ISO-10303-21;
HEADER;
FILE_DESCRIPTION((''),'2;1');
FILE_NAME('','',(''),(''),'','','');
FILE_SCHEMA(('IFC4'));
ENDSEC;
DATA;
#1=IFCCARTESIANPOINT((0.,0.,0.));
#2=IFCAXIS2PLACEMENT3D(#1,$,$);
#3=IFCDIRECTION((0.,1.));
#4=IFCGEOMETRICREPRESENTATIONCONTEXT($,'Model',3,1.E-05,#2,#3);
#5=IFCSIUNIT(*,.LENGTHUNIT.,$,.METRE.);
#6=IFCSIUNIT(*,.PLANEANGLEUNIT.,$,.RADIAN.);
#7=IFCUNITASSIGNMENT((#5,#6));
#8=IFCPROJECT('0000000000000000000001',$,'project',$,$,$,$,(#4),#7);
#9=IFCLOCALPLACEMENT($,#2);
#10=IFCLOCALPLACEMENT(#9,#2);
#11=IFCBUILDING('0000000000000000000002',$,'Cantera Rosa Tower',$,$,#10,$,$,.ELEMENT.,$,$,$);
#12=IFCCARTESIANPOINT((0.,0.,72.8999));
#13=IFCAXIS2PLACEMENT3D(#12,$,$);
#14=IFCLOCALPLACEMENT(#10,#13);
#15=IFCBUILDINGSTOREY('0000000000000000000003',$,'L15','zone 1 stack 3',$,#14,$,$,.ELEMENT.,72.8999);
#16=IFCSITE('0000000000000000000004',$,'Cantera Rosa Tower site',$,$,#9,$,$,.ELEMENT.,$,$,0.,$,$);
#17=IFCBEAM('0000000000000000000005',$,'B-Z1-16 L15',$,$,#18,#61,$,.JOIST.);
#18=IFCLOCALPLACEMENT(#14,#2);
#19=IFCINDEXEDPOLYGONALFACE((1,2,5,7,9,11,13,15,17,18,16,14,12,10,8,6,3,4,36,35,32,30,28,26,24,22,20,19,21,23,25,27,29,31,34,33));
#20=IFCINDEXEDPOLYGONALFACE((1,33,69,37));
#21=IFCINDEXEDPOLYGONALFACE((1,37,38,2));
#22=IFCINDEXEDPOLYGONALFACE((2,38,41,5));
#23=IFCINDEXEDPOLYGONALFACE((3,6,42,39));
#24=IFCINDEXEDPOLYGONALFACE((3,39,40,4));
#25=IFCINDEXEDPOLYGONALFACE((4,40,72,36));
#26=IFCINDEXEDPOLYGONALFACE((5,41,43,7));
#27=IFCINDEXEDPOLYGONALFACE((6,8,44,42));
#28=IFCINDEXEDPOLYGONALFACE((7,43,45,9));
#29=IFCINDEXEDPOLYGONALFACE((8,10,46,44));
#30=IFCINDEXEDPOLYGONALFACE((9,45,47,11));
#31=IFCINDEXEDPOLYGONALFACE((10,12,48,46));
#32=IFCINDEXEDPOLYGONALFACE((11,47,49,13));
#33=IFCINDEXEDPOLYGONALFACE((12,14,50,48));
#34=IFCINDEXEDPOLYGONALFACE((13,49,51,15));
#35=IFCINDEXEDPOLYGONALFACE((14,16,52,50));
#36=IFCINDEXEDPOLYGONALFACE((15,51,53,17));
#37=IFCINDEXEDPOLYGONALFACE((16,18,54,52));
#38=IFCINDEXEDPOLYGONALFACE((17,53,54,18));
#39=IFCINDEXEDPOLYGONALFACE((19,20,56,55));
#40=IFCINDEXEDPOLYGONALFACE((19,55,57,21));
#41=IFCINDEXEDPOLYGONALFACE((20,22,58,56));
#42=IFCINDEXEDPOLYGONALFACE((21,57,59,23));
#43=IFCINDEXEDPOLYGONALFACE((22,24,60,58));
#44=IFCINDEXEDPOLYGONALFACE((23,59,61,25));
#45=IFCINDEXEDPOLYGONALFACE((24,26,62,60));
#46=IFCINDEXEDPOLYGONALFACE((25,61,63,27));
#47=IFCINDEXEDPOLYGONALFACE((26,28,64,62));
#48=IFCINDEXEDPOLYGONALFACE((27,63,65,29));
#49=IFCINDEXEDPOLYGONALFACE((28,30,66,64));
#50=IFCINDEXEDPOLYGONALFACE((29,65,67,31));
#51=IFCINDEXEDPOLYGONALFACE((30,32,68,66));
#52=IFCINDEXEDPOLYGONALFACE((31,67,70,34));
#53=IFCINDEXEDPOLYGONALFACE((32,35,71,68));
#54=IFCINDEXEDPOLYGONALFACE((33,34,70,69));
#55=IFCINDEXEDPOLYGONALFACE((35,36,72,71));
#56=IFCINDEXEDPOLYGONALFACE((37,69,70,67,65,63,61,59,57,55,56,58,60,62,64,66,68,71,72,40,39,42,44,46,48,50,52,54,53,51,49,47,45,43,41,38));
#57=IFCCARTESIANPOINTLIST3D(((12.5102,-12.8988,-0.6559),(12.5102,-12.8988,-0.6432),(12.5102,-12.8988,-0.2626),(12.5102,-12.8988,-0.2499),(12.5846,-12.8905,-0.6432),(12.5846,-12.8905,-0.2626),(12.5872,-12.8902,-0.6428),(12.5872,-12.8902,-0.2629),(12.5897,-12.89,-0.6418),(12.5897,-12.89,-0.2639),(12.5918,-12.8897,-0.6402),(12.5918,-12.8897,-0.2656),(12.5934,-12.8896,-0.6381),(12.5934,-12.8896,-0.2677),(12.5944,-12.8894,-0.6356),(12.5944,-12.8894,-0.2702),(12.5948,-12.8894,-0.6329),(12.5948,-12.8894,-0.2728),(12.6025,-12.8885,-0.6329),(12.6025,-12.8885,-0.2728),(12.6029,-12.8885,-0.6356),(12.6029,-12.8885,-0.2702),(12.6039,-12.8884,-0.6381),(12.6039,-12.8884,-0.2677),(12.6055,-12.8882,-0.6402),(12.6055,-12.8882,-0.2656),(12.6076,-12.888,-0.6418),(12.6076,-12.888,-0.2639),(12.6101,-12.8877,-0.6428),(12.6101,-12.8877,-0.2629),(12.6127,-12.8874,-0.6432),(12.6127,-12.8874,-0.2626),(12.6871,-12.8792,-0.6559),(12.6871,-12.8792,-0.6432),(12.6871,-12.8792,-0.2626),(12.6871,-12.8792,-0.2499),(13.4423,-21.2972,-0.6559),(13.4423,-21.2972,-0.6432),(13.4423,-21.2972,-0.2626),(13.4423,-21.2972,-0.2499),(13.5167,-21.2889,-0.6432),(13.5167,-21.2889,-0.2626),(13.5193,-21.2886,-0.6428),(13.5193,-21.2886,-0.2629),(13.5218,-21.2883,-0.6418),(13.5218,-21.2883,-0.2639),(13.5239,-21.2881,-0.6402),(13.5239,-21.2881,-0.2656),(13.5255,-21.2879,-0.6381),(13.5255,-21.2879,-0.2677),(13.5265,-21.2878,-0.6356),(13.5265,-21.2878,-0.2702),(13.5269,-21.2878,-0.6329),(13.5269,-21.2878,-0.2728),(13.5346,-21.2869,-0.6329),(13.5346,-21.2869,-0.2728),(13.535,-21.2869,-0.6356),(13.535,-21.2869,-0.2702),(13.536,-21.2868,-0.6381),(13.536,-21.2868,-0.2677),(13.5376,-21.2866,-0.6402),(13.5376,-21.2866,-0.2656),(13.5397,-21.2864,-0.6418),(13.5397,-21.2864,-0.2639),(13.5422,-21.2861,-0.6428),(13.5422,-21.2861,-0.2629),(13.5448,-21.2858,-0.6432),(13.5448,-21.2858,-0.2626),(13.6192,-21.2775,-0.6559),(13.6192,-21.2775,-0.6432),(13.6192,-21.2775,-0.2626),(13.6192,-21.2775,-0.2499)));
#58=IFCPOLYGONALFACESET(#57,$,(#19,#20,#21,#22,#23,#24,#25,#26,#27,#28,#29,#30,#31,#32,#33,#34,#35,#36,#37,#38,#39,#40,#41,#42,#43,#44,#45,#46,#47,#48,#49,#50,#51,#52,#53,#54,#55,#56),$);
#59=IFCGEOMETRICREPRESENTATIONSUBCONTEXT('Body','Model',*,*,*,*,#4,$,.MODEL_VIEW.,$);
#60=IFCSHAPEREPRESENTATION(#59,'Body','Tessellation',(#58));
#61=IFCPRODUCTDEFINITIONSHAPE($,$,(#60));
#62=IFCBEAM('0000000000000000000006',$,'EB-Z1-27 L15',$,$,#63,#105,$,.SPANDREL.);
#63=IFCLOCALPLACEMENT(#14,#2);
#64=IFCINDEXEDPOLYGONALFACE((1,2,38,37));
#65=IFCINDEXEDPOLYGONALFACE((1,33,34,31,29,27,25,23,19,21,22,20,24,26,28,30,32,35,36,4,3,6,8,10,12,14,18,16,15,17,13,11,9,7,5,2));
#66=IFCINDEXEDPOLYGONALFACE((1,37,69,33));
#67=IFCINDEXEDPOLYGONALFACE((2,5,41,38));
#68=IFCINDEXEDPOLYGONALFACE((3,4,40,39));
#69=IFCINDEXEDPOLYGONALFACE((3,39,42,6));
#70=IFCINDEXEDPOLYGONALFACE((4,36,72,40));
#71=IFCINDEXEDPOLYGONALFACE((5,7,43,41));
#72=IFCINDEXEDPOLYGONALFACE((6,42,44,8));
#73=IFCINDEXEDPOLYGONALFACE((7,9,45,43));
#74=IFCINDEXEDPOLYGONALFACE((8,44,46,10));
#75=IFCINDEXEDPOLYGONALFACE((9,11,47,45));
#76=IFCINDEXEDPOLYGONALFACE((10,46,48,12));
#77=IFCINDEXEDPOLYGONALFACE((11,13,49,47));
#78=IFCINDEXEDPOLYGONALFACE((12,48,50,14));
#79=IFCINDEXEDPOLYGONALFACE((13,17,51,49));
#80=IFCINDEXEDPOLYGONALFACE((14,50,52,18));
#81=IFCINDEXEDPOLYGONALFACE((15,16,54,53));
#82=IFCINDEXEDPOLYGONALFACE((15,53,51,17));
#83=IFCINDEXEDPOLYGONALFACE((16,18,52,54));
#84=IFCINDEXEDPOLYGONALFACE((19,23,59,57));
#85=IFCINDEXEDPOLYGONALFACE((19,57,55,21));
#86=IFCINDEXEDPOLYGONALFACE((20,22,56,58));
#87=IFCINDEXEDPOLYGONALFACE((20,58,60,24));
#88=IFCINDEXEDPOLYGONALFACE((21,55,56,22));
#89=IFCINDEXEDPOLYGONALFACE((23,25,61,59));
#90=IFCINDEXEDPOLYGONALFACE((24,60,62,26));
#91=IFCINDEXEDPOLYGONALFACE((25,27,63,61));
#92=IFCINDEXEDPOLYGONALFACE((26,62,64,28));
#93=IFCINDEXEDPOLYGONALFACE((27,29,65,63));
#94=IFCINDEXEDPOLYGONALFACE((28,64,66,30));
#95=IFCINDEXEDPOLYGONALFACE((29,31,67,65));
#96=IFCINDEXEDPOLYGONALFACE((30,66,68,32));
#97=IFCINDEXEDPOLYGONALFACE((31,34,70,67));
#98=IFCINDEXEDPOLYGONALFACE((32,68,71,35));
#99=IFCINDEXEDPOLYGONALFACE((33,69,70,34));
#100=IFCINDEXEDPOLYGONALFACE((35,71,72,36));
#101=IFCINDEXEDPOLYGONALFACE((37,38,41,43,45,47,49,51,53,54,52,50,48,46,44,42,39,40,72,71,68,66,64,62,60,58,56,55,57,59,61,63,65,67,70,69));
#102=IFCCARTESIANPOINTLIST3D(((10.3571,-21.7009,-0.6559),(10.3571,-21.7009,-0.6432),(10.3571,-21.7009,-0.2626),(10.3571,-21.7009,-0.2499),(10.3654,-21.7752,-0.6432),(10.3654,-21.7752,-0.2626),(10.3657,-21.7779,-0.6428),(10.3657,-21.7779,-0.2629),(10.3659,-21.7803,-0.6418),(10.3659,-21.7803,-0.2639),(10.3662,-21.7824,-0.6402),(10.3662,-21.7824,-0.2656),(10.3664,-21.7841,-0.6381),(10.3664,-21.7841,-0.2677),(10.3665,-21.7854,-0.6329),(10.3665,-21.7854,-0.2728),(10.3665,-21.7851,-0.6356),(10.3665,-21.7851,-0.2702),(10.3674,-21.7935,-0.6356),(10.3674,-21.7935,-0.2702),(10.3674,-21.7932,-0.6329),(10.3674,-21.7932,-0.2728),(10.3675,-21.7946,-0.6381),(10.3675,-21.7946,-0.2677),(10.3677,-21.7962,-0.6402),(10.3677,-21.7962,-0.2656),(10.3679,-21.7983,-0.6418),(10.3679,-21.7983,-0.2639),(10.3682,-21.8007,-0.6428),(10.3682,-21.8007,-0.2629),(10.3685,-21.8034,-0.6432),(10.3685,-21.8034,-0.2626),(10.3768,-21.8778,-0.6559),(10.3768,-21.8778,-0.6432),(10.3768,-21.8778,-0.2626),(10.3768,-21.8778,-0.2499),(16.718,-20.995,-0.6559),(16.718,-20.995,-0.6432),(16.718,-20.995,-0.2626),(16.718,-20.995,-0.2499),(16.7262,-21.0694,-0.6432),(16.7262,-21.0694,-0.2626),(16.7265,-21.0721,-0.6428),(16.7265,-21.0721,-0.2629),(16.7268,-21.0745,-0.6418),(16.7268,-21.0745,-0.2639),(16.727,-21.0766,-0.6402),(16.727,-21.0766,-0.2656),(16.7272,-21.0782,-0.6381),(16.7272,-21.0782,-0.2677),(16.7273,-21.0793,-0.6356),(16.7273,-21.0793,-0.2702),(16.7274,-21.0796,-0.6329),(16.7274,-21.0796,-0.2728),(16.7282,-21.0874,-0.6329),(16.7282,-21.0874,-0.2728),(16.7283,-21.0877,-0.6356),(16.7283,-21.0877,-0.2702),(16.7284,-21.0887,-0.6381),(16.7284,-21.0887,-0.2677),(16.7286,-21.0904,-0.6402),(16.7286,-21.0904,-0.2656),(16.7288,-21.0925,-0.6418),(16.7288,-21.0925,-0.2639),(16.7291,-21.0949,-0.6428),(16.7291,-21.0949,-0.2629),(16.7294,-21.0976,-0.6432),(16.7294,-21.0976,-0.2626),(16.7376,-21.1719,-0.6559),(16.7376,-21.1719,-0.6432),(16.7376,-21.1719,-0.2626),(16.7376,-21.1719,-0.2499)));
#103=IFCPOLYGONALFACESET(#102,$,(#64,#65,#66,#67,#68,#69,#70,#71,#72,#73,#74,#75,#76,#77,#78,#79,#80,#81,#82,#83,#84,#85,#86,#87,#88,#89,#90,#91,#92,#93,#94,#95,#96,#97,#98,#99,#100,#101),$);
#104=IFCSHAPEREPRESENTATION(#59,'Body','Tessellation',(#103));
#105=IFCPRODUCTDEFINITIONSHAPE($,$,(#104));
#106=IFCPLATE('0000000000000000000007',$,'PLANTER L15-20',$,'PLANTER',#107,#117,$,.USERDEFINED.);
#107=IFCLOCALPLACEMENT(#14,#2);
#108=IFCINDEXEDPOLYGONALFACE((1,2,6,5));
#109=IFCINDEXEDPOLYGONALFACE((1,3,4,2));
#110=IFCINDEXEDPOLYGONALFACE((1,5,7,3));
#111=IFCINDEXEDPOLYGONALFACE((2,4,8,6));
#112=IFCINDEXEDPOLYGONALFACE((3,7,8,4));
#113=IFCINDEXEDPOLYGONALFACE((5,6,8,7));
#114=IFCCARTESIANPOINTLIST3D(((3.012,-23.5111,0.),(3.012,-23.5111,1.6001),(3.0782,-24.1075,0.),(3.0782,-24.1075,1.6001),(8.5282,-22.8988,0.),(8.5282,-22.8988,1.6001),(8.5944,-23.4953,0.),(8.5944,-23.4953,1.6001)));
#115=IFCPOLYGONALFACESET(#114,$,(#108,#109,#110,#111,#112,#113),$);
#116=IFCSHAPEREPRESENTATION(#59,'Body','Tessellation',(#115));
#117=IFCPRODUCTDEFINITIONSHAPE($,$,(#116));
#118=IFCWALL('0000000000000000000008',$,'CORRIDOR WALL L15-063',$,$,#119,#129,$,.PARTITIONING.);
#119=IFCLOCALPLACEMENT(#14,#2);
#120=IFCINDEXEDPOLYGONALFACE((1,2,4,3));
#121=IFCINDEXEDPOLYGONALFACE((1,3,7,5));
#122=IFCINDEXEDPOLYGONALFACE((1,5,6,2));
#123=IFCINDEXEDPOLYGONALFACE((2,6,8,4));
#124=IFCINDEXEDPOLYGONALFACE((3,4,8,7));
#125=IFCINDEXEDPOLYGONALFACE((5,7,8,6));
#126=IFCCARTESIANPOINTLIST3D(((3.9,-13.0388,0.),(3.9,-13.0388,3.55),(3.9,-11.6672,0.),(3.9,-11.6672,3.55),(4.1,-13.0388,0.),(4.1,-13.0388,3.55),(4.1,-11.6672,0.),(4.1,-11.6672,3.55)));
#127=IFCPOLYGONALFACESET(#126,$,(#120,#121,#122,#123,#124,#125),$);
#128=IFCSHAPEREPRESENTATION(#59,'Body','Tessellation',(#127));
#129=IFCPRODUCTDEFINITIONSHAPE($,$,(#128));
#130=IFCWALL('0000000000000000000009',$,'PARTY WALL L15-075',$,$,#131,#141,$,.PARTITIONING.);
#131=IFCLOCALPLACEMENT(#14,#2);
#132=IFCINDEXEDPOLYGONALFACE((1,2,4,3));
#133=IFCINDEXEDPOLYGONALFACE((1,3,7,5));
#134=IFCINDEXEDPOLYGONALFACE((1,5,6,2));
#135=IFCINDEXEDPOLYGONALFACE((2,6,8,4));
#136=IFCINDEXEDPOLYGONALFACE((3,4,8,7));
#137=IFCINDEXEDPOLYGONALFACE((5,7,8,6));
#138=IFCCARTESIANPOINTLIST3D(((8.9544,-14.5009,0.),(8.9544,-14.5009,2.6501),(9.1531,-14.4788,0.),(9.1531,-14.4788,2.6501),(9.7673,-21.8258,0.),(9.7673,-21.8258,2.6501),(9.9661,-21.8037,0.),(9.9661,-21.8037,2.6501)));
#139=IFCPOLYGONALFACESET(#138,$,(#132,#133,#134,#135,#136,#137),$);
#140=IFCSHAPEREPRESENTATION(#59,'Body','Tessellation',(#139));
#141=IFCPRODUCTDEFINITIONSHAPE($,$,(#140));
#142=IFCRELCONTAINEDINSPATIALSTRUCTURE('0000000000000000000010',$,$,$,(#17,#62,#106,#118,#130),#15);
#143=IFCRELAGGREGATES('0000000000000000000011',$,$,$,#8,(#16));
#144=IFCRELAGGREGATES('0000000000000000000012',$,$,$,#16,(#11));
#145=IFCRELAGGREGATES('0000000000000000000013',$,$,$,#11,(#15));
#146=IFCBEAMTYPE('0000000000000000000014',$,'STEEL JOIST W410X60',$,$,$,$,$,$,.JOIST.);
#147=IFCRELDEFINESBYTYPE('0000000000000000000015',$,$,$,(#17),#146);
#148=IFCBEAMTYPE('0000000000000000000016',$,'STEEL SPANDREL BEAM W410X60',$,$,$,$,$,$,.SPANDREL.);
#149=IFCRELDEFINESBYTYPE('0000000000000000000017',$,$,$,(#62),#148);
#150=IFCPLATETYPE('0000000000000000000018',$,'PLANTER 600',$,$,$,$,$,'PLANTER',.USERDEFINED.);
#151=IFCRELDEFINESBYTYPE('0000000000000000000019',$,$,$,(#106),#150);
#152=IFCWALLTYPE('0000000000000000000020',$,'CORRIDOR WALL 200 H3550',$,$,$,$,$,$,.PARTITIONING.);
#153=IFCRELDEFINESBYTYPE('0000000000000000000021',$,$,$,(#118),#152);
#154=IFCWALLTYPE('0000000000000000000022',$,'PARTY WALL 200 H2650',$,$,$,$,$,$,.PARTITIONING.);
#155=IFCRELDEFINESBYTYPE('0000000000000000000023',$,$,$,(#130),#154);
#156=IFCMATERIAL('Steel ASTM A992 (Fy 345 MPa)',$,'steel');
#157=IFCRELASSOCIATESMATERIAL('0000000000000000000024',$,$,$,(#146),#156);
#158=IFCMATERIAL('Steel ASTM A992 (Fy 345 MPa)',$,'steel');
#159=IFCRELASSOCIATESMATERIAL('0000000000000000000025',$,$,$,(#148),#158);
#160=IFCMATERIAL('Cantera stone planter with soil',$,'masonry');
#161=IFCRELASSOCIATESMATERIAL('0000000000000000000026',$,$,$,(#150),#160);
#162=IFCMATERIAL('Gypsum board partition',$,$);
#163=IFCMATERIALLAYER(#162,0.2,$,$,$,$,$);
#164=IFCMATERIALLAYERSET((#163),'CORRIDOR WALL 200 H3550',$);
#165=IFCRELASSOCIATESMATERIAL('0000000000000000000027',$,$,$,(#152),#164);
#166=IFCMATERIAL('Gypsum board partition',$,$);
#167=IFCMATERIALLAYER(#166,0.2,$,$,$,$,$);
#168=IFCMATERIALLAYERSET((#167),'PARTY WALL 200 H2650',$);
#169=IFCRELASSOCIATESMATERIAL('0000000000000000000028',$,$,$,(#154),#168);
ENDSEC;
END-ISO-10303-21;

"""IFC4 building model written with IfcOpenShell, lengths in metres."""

from ifc_helpers import new_model, si_unit, direction, frame, frame_2d, origin, origin_2d, place, context, subcontext, project, spatial, rectangle, i_section, extrude, material, layer, layer_set, material_profile, profile_set, type_object, element, save


model = new_model("IFC4")

# Units and contexts
model_context = context("Model", 3, precision=1e-05, world=origin(), true_north=direction((0.0, 1.0)))
body_context = subcontext(model_context, "Body", "Model", "MODEL_VIEW")
ifc_project = project(units=[si_unit("LENGTHUNIT", "METRE"), si_unit("PLANEANGLEUNIT", "RADIAN")], contexts=[model_context])

# Site, building, storey
site_placement = place(None, origin())
site = spatial("IfcSite", under=ifc_project, at=site_placement, Name="Cantera Rosa Tower site", CompositionType="ELEMENT", RefElevation=0.0)
building_placement = place(site_placement, origin())
building = spatial("IfcBuilding", under=site, at=building_placement, Name="Cantera Rosa Tower", CompositionType="ELEMENT")
storey_placement = place(building_placement, frame((0.0, 0.0, 72.8999)))
storey = spatial("IfcBuildingStorey", under=building, at=storey_placement, Name="L15", Description="zone 1 stack 3", CompositionType="ELEMENT", Elevation=72.8999)

# Beams
ifc_material_1 = material(Name="Steel ASTM A992 (Fy 345 MPa)", Category="steel")
ifc_material_profile_1 = material_profile(ifc_material_1, i_section(OverallWidth=0.178, OverallDepth=0.406, WebThickness=0.0078, FlangeThickness=0.0127, FilletRadius=0.0103, at=origin_2d()), Name="W410X60")
ifc_profile_set_1 = profile_set([ifc_material_profile_1], Name="Steel ASTM A992 (Fy 345 MPa)")
beam_type_1 = type_object("IfcBeamType", Name="STEEL JOIST W410X60", PredefinedType="JOIST", material=ifc_profile_set_1)
for number, where, z_axis, x_axis, name in (
    (1, (13.5308, -21.2874, -0.4529), (-0.110311, 0.993897, 0.0), (-0.993897, -0.110311, 0.0), "B-Z1-16 L15"),
):
    element("IfcBeam", number, at=place(storey_placement, frame(where, z_axis=z_axis, x_axis=x_axis)), inside=storey, type_object=beam_type_1, Name=name, PredefinedType="JOIST", context=body_context, shape_type="SweptSolid", body=[
        extrude(i_section(OverallWidth=0.178, OverallDepth=0.406, WebThickness=0.0078, FlangeThickness=0.0127, FilletRadius=0.0103, at=origin_2d()), origin(), (0.0, 0.0, 1.0), 8.45),
    ])
ifc_material_2 = material(Name="Steel ASTM A992 (Fy 345 MPa)", Category="steel")
ifc_material_profile_2 = material_profile(ifc_material_2, i_section(OverallWidth=0.178, OverallDepth=0.406, WebThickness=0.0078, FlangeThickness=0.0127, FilletRadius=0.0103, at=origin_2d()), Name="W410X60")
ifc_profile_set_2 = profile_set([ifc_material_profile_2], Name="Steel ASTM A992 (Fy 345 MPa)")
beam_type_2 = type_object("IfcBeamType", Name="STEEL SPANDREL BEAM W410X60", PredefinedType="SPANDREL", material=ifc_profile_set_2)
beam_1_placement = place(storey_placement, frame((10.3669, -21.7893, -0.4529), z_axis=(0.9939, 0.110285, 0.0), x_axis=(-0.110285, 0.9939, 0.0)))
element("IfcBeam", 2, at=beam_1_placement, inside=storey, type_object=beam_type_2, Name="EB-Z1-27 L15", PredefinedType="SPANDREL", context=body_context, shape_type="SweptSolid", body=[
    extrude(i_section(OverallWidth=0.178, OverallDepth=0.406, WebThickness=0.0078, FlangeThickness=0.0127, FilletRadius=0.0103, at=origin_2d()), origin(), (0.0, 0.0, 1.0), 6.3999),
])

# Plate
ifc_material_3 = material(Name="Cantera stone planter with soil", Category="masonry")
plate_type = type_object("IfcPlateType", Name="PLANTER 600", ElementType="PLANTER", PredefinedType="USERDEFINED", material=ifc_material_3)
plate_placement = place(storey_placement, frame((5.8032, -23.5032, 0.0), z_axis=(0.0, 0.0, 1.0), x_axis=(0.993897, 0.110313, 0.0)))
element("IfcPlate", 3, at=plate_placement, inside=storey, type_object=plate_type, Name="PLANTER L15-20", ObjectType="PLANTER", PredefinedType="USERDEFINED", context=body_context, shape_type="SweptSolid", body=[
    extrude(rectangle(XDim=5.55, YDim=0.6001, at=origin_2d()), origin(), (0.0, 0.0, 1.0), 1.6001),
])

# Wall
ifc_material_4 = material(Name="Gypsum board partition")
ifc_layer_1 = layer(ifc_material_4, 0.2)
ifc_layer_set_1 = layer_set([ifc_layer_1], Name="CORRIDOR WALL 200 H3550")
wall_type_1 = type_object("IfcWallType", Name="CORRIDOR WALL 200 H3550", PredefinedType="PARTITIONING", material=ifc_layer_set_1)
wall_1_placement = place(storey_placement, frame((4.0, -13.0388, 0.0), z_axis=(0.0, 0.0, 1.0), x_axis=(0.0, 1.0, 0.0)))
element("IfcWall", 4, at=wall_1_placement, inside=storey, type_object=wall_type_1, Name="CORRIDOR WALL L15-063", PredefinedType="PARTITIONING", context=body_context, shape_type="SweptSolid", body=[
    extrude(rectangle(XDim=1.3716, YDim=0.2, at=frame_2d((0.6858, 0.0))), origin(), (0.0, 0.0, 1.0), 3.55),
])

# Wall
ifc_material_5 = material(Name="Gypsum board partition")
ifc_layer_2 = layer(ifc_material_5, 0.2)
ifc_layer_set_2 = layer_set([ifc_layer_2], Name="PARTY WALL 200 H2650")
wall_type_2 = type_object("IfcWallType", Name="PARTY WALL 200 H2650", PredefinedType="PARTITIONING", material=ifc_layer_set_2)
wall_2_placement = place(storey_placement, frame((9.0537, -14.4897, 0.0), z_axis=(0.0, 0.0, 1.0), x_axis=(0.110312, -0.993897, 0.0)))
element("IfcWall", 5, at=wall_2_placement, inside=storey, type_object=wall_type_2, Name="PARTY WALL L15-075", PredefinedType="PARTITIONING", context=body_context, shape_type="SweptSolid", body=[
    extrude(rectangle(XDim=7.3699, YDim=0.2, at=frame_2d((3.6851, 0.0))), origin(), (0.0, 0.0, 1.0), 2.6501),
])

save(model, "model.ifc")
